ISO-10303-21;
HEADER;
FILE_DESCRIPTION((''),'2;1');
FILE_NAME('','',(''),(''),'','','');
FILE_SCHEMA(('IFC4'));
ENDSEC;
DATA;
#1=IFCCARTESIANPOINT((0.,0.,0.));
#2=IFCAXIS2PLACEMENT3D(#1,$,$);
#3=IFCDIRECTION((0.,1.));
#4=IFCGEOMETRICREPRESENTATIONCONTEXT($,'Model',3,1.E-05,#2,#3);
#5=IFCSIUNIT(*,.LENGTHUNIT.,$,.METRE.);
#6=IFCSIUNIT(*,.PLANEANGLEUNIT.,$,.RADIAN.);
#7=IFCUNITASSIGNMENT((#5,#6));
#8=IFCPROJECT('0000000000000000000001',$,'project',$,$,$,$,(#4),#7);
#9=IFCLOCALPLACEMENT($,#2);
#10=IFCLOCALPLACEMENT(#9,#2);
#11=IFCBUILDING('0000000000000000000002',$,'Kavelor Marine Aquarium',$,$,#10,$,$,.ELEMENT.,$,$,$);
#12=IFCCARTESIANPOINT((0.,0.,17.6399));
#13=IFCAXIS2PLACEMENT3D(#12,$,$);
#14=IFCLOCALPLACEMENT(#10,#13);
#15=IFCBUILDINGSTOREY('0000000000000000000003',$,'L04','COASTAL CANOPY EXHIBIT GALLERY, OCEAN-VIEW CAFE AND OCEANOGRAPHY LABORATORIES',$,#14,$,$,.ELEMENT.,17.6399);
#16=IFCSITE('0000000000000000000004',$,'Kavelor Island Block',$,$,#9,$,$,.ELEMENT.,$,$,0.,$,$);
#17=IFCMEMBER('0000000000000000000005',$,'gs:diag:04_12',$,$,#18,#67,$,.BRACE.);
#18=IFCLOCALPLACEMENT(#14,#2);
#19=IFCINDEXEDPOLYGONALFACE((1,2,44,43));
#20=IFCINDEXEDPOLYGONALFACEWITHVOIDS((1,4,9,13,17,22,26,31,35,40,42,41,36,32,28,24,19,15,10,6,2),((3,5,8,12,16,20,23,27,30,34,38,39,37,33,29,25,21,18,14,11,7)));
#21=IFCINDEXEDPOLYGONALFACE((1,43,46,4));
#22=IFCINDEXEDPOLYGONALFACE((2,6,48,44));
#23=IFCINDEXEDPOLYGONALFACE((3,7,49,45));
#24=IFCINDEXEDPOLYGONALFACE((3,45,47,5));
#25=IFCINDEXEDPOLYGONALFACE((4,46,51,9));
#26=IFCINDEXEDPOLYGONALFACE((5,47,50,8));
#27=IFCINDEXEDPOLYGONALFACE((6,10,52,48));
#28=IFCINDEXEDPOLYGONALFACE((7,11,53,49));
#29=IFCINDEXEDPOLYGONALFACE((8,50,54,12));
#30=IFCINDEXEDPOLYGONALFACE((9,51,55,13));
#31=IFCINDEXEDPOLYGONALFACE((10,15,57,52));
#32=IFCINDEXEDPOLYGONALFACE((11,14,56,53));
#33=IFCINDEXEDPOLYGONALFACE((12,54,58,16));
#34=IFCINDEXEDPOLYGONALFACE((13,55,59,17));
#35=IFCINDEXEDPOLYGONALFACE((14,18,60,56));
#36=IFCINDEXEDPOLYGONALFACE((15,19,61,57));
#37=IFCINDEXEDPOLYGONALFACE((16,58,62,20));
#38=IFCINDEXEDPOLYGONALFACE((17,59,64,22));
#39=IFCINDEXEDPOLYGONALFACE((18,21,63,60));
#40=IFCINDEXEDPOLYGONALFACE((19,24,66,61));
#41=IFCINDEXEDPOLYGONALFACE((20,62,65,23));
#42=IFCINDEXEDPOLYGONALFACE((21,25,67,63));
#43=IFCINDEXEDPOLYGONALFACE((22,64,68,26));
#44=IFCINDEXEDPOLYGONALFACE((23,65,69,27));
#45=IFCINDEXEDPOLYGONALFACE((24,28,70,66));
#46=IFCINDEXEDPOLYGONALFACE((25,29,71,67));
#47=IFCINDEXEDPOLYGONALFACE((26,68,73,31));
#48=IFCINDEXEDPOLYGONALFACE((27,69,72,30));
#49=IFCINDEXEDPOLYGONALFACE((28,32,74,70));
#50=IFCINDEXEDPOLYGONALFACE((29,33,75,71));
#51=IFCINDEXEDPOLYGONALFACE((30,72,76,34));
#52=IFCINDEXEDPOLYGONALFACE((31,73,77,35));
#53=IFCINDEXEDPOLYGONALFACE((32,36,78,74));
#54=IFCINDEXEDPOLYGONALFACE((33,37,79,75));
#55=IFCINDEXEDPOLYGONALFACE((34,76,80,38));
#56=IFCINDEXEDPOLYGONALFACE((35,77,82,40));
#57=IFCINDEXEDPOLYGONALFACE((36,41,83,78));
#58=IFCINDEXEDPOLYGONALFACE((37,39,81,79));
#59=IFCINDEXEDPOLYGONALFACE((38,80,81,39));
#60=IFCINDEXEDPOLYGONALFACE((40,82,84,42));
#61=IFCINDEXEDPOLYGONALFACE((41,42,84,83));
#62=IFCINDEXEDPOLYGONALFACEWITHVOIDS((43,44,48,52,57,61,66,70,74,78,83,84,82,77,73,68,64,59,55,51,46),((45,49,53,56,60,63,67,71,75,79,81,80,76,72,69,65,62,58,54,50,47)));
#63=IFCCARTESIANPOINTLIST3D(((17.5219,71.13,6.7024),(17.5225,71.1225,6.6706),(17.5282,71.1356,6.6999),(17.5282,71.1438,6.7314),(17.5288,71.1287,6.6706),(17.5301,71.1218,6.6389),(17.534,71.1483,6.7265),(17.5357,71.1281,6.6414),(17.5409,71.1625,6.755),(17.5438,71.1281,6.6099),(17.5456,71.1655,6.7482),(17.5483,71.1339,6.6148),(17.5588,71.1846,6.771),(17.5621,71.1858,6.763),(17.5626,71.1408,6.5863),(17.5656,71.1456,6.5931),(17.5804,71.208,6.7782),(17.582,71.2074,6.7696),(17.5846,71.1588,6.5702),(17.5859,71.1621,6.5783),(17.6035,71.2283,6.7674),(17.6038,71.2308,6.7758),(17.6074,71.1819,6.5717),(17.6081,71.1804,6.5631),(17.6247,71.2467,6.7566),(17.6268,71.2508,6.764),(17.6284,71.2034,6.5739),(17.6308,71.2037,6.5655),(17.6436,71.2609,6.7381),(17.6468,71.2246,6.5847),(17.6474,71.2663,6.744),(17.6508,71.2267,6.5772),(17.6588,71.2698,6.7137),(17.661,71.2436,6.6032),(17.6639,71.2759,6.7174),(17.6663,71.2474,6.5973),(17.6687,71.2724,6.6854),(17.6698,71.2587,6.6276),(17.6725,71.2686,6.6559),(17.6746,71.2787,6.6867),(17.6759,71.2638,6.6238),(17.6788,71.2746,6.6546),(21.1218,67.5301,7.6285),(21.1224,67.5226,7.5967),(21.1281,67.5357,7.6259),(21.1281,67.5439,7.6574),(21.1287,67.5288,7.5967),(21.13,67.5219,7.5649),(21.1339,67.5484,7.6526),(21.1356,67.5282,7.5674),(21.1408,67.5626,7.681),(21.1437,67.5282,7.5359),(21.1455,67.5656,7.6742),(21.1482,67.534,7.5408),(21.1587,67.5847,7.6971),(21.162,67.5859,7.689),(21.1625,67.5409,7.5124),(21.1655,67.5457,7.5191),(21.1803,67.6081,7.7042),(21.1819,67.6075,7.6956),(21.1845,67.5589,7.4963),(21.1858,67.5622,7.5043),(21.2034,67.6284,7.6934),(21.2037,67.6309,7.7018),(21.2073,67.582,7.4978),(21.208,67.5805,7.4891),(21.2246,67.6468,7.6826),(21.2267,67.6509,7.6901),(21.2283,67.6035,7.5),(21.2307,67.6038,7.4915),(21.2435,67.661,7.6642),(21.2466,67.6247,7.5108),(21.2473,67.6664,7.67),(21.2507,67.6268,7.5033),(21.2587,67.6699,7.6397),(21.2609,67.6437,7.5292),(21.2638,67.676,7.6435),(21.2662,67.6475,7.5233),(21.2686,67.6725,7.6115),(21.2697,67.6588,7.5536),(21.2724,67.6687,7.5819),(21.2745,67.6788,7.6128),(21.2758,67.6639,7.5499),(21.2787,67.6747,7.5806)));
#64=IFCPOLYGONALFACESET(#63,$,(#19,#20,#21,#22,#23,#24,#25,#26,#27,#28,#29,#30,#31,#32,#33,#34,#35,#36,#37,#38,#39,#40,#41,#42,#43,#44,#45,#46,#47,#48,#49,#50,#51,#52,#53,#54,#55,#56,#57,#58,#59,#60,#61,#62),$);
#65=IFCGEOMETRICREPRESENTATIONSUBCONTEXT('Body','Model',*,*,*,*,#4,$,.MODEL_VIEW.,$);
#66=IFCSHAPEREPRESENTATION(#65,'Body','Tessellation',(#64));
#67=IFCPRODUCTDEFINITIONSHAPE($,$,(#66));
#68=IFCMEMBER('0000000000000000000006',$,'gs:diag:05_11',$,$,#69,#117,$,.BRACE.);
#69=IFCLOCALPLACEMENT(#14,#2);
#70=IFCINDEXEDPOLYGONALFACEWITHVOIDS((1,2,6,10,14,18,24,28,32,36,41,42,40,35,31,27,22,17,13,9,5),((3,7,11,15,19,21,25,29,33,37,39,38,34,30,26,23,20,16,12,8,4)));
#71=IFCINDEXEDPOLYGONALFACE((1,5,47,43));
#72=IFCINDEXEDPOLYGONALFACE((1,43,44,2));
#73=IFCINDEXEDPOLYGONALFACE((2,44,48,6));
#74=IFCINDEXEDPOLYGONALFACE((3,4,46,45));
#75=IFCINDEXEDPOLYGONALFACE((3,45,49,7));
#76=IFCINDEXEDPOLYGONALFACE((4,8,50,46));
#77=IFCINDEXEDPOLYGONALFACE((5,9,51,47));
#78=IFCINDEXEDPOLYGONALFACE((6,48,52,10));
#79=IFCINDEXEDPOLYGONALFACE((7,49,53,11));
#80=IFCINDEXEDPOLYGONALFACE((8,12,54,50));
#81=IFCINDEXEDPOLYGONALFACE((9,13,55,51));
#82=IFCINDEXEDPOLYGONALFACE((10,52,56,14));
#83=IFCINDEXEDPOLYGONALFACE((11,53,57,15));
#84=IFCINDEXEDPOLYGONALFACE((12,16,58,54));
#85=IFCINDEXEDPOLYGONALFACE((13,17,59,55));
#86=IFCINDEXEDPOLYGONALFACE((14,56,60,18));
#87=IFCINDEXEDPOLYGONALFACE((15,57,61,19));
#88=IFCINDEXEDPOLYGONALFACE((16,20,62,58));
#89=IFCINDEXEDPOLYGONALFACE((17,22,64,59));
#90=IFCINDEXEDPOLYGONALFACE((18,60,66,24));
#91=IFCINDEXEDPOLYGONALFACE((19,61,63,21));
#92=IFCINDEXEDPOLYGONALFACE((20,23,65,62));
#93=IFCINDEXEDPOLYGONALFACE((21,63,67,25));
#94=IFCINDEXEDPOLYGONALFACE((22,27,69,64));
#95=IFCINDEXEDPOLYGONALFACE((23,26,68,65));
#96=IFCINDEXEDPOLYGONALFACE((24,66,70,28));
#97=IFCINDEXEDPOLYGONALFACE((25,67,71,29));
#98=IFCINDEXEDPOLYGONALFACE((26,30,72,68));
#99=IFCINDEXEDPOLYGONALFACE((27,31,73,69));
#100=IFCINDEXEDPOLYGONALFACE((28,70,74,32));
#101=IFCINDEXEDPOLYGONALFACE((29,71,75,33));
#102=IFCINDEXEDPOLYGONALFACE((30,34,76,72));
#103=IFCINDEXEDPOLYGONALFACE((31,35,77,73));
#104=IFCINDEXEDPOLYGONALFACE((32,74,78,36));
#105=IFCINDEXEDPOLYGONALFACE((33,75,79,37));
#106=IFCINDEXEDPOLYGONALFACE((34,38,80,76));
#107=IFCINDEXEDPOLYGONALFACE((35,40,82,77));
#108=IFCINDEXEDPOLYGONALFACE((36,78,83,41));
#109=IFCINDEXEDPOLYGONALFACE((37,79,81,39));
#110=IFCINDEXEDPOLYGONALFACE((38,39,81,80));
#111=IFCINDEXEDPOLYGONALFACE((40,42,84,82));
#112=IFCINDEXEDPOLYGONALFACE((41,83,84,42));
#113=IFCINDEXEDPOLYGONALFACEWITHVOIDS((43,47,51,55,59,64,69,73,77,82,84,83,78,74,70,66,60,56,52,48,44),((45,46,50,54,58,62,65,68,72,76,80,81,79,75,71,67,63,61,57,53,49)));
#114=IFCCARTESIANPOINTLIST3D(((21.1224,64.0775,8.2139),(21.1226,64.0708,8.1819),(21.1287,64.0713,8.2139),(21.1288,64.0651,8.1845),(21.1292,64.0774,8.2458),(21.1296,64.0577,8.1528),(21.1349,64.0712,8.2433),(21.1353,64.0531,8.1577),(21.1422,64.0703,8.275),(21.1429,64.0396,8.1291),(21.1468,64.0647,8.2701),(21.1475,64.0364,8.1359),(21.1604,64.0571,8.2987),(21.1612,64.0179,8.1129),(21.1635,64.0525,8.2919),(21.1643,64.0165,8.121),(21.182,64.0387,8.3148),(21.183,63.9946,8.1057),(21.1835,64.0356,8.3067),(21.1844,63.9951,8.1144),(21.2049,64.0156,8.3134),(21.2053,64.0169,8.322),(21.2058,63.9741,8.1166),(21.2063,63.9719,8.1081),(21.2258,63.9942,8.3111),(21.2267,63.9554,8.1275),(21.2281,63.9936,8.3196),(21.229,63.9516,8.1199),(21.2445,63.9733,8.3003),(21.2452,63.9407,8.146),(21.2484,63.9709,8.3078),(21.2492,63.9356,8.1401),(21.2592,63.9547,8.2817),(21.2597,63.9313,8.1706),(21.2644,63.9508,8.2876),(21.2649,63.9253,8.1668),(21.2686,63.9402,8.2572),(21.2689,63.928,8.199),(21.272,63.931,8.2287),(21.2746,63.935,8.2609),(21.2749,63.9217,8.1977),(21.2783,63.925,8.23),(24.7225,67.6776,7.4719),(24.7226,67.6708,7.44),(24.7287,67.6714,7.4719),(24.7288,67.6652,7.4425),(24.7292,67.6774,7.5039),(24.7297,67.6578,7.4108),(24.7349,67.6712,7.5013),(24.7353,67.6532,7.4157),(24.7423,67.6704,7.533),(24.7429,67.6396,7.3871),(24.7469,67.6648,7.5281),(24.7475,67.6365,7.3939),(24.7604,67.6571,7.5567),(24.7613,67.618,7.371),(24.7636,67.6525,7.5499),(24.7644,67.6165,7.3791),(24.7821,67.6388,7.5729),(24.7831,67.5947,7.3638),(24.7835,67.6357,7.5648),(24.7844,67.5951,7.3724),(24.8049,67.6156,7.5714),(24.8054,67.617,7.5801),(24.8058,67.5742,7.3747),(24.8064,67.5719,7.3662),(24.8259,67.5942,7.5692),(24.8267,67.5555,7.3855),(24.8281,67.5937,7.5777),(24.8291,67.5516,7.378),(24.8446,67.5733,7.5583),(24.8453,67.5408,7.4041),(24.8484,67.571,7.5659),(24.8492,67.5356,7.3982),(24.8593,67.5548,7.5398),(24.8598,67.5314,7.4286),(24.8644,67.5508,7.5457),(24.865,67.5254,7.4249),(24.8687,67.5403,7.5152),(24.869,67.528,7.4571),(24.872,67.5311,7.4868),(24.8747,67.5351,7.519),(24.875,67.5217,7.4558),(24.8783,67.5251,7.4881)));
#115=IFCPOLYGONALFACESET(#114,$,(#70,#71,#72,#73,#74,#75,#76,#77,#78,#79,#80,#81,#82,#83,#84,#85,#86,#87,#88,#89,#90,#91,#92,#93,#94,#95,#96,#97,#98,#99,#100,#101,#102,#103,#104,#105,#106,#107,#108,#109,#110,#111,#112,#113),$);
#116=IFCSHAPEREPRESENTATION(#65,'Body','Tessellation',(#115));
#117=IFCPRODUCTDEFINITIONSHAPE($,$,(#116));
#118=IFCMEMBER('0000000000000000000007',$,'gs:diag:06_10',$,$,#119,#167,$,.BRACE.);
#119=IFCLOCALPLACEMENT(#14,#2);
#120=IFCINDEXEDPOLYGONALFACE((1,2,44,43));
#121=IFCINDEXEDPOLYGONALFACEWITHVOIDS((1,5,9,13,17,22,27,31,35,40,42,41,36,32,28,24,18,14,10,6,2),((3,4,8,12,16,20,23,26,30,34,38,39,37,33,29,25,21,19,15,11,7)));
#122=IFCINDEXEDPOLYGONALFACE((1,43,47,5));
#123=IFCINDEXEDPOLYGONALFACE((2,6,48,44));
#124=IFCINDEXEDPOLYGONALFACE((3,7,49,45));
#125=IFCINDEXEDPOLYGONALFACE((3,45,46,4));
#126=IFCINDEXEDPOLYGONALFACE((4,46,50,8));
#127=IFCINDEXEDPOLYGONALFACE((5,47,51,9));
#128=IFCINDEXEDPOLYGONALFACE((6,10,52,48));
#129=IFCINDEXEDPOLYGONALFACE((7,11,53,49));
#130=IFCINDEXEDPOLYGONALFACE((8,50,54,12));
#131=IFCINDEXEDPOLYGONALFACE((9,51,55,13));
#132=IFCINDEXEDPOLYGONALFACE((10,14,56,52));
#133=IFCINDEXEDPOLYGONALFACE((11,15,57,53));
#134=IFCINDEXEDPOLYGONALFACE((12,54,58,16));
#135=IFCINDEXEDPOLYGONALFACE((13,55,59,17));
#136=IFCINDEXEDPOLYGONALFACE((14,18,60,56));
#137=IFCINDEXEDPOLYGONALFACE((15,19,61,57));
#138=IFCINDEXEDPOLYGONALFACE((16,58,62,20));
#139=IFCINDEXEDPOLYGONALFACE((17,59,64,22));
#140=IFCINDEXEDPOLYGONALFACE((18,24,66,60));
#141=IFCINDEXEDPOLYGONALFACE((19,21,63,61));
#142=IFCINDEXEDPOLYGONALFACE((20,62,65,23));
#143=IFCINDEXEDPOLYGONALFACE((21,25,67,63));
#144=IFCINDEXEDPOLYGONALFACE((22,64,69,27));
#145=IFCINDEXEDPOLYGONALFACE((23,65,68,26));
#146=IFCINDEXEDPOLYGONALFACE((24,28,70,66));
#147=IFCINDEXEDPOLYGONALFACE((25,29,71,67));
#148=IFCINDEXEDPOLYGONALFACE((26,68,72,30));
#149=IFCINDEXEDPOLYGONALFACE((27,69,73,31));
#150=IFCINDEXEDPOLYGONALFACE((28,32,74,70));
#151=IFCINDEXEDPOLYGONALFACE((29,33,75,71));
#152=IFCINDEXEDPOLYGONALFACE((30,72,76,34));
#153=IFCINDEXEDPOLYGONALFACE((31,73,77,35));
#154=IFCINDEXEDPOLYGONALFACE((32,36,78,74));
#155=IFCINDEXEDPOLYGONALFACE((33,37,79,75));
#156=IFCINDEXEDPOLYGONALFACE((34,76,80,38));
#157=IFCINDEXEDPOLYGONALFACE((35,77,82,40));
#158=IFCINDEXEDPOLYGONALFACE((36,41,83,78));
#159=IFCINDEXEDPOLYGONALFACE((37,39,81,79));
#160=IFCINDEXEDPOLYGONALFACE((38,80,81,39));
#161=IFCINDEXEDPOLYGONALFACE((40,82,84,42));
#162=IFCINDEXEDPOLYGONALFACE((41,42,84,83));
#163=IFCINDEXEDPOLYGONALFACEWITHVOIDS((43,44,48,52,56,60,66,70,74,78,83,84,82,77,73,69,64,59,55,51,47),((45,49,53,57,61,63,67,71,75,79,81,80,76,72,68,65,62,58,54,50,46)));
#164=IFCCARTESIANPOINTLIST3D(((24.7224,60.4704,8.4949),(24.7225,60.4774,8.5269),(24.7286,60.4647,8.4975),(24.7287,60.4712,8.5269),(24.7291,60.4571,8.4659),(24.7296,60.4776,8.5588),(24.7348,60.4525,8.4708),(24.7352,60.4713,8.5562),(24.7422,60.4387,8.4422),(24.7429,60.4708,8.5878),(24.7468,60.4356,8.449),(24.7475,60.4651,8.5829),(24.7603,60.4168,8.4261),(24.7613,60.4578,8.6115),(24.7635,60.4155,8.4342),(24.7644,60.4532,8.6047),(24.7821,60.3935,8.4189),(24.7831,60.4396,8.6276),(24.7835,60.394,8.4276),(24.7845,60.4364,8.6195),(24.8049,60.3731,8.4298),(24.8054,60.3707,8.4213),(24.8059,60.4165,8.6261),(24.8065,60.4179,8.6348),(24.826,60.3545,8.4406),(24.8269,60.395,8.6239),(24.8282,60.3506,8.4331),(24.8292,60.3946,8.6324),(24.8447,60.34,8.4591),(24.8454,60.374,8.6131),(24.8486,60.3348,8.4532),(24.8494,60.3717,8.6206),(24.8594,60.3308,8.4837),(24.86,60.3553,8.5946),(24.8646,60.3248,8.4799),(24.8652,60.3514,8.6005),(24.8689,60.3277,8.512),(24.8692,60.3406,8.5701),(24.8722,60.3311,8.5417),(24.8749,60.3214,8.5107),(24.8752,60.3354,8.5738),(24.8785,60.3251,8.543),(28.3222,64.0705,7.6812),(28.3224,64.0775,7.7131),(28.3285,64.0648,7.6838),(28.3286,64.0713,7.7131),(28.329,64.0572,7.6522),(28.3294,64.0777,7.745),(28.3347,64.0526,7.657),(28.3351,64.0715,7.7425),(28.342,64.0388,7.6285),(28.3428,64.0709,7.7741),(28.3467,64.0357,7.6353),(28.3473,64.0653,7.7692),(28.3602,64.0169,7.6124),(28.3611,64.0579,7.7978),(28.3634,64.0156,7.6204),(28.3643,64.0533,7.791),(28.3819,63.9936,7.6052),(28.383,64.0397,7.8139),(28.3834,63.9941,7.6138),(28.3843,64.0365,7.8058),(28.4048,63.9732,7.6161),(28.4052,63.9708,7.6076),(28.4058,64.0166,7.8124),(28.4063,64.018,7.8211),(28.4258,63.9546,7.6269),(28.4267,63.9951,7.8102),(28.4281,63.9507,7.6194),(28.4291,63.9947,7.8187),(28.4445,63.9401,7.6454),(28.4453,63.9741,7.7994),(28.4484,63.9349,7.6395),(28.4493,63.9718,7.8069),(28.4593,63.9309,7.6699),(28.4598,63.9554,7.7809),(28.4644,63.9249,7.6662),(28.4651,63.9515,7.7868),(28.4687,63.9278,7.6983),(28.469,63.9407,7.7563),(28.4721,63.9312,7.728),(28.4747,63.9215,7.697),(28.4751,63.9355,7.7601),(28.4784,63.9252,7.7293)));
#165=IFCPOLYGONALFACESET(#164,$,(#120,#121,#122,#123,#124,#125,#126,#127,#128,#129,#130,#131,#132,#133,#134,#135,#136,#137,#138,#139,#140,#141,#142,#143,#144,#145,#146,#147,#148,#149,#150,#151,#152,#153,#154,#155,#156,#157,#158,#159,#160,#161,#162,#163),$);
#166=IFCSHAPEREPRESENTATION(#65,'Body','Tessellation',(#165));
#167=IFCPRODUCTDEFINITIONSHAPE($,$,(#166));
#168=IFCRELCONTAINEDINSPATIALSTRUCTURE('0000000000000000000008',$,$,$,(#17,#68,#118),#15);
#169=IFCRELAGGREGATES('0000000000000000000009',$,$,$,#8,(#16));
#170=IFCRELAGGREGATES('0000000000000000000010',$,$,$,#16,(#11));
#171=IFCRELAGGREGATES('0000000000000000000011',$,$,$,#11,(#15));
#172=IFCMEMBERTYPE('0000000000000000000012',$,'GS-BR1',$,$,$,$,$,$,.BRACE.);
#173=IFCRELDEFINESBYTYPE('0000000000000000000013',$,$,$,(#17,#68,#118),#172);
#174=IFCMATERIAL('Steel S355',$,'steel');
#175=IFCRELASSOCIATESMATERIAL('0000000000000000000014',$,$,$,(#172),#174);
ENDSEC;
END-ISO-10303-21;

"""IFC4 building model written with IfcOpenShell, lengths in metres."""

from ifc_helpers import new_model, si_unit, direction, frame, origin, origin_2d, place, context, subcontext, project, spatial, hollow_circle, extrude, material, material_profile, profile_set, type_object, element, save


model = new_model("IFC4")

# Units and contexts
model_context = context("Model", 3, precision=1e-05, world=origin(), true_north=direction((0.0, 1.0)))
body_context = subcontext(model_context, "Body", "Model", "MODEL_VIEW")
ifc_project = project(units=[si_unit("LENGTHUNIT", "METRE"), si_unit("PLANEANGLEUNIT", "RADIAN")], contexts=[model_context])

# Site, building, storey
site_placement = place(None, origin())
site = spatial("IfcSite", under=ifc_project, at=site_placement, Name="Kavelor Island Block", CompositionType="ELEMENT", RefElevation=0.0)
building_placement = place(site_placement, origin())
building = spatial("IfcBuilding", under=site, at=building_placement, Name="Kavelor Marine Aquarium", CompositionType="ELEMENT")
storey_placement = place(building_placement, frame((0.0, 0.0, 17.6399)))
storey = spatial("IfcBuildingStorey", under=building, at=storey_placement, Name="L04", Description="COASTAL CANOPY EXHIBIT GALLERY, OCEAN-VIEW CAFE AND OCEANOGRAPHY LABORATORIES", CompositionType="ELEMENT", Elevation=17.6399)

# Members
ifc_material_1 = material(Name="Steel S355", Category="steel")
ifc_material_profile_1 = material_profile(ifc_material_1, hollow_circle(Radius=0.1096, WallThickness=0.0088, at=origin_2d()), Name="CHS 219.1x8.8")
ifc_profile_set_1 = profile_set([ifc_material_profile_1], Name="Steel S355")
member_type_1 = type_object("IfcMemberType", Name="GS-BR1", PredefinedType="BRACE", material=ifc_profile_set_1)
member_1_placement = place(storey_placement, frame((21.2, 67.6001, 7.5967), z_axis=(-0.695692, 0.695692, -0.17896), x_axis=(-0.707107, -0.707107, 0.0)))
element("IfcMember", 1, at=member_1_placement, inside=storey, type_object=member_type_1, Name="gs:diag:04_12", PredefinedType="BRACE", context=body_context, shape_type="SweptSolid", body=[
    extrude(hollow_circle(Radius=0.1096, WallThickness=0.0088, at=origin_2d()), origin(), (0.0, 0.0, 1.0), 5.1746),
])
member_2_placement = place(storey_placement, frame((21.2, 64.0, 8.2139), z_axis=(0.699716, 0.699716, -0.144204), x_axis=(-0.707107, 0.707107, 0.0)))
element("IfcMember", 2, at=member_2_placement, inside=storey, type_object=member_type_1, Name="gs:diag:05_11", PredefinedType="BRACE", context=body_context, shape_type="SweptSolid", body=[
    extrude(hollow_circle(Radius=0.1096, WallThickness=0.0088, at=origin_2d()), origin(), (0.0, 0.0, 1.0), 5.145),
])
member_3_placement = place(storey_placement, frame((24.8, 60.3999, 8.5269), z_axis=(0.698221, 0.698268, -0.157828), x_axis=(-0.707131, 0.707083, 0.0)))
element("IfcMember", 3, at=member_3_placement, inside=storey, type_object=member_type_1, Name="gs:diag:06_10", PredefinedType="BRACE", context=body_context, shape_type="SweptSolid", body=[
    extrude(hollow_circle(Radius=0.1096, WallThickness=0.0088, at=origin_2d()), origin(), (0.0, 0.0, 1.0), 5.1558),
])

save(model, "model.ifc")
